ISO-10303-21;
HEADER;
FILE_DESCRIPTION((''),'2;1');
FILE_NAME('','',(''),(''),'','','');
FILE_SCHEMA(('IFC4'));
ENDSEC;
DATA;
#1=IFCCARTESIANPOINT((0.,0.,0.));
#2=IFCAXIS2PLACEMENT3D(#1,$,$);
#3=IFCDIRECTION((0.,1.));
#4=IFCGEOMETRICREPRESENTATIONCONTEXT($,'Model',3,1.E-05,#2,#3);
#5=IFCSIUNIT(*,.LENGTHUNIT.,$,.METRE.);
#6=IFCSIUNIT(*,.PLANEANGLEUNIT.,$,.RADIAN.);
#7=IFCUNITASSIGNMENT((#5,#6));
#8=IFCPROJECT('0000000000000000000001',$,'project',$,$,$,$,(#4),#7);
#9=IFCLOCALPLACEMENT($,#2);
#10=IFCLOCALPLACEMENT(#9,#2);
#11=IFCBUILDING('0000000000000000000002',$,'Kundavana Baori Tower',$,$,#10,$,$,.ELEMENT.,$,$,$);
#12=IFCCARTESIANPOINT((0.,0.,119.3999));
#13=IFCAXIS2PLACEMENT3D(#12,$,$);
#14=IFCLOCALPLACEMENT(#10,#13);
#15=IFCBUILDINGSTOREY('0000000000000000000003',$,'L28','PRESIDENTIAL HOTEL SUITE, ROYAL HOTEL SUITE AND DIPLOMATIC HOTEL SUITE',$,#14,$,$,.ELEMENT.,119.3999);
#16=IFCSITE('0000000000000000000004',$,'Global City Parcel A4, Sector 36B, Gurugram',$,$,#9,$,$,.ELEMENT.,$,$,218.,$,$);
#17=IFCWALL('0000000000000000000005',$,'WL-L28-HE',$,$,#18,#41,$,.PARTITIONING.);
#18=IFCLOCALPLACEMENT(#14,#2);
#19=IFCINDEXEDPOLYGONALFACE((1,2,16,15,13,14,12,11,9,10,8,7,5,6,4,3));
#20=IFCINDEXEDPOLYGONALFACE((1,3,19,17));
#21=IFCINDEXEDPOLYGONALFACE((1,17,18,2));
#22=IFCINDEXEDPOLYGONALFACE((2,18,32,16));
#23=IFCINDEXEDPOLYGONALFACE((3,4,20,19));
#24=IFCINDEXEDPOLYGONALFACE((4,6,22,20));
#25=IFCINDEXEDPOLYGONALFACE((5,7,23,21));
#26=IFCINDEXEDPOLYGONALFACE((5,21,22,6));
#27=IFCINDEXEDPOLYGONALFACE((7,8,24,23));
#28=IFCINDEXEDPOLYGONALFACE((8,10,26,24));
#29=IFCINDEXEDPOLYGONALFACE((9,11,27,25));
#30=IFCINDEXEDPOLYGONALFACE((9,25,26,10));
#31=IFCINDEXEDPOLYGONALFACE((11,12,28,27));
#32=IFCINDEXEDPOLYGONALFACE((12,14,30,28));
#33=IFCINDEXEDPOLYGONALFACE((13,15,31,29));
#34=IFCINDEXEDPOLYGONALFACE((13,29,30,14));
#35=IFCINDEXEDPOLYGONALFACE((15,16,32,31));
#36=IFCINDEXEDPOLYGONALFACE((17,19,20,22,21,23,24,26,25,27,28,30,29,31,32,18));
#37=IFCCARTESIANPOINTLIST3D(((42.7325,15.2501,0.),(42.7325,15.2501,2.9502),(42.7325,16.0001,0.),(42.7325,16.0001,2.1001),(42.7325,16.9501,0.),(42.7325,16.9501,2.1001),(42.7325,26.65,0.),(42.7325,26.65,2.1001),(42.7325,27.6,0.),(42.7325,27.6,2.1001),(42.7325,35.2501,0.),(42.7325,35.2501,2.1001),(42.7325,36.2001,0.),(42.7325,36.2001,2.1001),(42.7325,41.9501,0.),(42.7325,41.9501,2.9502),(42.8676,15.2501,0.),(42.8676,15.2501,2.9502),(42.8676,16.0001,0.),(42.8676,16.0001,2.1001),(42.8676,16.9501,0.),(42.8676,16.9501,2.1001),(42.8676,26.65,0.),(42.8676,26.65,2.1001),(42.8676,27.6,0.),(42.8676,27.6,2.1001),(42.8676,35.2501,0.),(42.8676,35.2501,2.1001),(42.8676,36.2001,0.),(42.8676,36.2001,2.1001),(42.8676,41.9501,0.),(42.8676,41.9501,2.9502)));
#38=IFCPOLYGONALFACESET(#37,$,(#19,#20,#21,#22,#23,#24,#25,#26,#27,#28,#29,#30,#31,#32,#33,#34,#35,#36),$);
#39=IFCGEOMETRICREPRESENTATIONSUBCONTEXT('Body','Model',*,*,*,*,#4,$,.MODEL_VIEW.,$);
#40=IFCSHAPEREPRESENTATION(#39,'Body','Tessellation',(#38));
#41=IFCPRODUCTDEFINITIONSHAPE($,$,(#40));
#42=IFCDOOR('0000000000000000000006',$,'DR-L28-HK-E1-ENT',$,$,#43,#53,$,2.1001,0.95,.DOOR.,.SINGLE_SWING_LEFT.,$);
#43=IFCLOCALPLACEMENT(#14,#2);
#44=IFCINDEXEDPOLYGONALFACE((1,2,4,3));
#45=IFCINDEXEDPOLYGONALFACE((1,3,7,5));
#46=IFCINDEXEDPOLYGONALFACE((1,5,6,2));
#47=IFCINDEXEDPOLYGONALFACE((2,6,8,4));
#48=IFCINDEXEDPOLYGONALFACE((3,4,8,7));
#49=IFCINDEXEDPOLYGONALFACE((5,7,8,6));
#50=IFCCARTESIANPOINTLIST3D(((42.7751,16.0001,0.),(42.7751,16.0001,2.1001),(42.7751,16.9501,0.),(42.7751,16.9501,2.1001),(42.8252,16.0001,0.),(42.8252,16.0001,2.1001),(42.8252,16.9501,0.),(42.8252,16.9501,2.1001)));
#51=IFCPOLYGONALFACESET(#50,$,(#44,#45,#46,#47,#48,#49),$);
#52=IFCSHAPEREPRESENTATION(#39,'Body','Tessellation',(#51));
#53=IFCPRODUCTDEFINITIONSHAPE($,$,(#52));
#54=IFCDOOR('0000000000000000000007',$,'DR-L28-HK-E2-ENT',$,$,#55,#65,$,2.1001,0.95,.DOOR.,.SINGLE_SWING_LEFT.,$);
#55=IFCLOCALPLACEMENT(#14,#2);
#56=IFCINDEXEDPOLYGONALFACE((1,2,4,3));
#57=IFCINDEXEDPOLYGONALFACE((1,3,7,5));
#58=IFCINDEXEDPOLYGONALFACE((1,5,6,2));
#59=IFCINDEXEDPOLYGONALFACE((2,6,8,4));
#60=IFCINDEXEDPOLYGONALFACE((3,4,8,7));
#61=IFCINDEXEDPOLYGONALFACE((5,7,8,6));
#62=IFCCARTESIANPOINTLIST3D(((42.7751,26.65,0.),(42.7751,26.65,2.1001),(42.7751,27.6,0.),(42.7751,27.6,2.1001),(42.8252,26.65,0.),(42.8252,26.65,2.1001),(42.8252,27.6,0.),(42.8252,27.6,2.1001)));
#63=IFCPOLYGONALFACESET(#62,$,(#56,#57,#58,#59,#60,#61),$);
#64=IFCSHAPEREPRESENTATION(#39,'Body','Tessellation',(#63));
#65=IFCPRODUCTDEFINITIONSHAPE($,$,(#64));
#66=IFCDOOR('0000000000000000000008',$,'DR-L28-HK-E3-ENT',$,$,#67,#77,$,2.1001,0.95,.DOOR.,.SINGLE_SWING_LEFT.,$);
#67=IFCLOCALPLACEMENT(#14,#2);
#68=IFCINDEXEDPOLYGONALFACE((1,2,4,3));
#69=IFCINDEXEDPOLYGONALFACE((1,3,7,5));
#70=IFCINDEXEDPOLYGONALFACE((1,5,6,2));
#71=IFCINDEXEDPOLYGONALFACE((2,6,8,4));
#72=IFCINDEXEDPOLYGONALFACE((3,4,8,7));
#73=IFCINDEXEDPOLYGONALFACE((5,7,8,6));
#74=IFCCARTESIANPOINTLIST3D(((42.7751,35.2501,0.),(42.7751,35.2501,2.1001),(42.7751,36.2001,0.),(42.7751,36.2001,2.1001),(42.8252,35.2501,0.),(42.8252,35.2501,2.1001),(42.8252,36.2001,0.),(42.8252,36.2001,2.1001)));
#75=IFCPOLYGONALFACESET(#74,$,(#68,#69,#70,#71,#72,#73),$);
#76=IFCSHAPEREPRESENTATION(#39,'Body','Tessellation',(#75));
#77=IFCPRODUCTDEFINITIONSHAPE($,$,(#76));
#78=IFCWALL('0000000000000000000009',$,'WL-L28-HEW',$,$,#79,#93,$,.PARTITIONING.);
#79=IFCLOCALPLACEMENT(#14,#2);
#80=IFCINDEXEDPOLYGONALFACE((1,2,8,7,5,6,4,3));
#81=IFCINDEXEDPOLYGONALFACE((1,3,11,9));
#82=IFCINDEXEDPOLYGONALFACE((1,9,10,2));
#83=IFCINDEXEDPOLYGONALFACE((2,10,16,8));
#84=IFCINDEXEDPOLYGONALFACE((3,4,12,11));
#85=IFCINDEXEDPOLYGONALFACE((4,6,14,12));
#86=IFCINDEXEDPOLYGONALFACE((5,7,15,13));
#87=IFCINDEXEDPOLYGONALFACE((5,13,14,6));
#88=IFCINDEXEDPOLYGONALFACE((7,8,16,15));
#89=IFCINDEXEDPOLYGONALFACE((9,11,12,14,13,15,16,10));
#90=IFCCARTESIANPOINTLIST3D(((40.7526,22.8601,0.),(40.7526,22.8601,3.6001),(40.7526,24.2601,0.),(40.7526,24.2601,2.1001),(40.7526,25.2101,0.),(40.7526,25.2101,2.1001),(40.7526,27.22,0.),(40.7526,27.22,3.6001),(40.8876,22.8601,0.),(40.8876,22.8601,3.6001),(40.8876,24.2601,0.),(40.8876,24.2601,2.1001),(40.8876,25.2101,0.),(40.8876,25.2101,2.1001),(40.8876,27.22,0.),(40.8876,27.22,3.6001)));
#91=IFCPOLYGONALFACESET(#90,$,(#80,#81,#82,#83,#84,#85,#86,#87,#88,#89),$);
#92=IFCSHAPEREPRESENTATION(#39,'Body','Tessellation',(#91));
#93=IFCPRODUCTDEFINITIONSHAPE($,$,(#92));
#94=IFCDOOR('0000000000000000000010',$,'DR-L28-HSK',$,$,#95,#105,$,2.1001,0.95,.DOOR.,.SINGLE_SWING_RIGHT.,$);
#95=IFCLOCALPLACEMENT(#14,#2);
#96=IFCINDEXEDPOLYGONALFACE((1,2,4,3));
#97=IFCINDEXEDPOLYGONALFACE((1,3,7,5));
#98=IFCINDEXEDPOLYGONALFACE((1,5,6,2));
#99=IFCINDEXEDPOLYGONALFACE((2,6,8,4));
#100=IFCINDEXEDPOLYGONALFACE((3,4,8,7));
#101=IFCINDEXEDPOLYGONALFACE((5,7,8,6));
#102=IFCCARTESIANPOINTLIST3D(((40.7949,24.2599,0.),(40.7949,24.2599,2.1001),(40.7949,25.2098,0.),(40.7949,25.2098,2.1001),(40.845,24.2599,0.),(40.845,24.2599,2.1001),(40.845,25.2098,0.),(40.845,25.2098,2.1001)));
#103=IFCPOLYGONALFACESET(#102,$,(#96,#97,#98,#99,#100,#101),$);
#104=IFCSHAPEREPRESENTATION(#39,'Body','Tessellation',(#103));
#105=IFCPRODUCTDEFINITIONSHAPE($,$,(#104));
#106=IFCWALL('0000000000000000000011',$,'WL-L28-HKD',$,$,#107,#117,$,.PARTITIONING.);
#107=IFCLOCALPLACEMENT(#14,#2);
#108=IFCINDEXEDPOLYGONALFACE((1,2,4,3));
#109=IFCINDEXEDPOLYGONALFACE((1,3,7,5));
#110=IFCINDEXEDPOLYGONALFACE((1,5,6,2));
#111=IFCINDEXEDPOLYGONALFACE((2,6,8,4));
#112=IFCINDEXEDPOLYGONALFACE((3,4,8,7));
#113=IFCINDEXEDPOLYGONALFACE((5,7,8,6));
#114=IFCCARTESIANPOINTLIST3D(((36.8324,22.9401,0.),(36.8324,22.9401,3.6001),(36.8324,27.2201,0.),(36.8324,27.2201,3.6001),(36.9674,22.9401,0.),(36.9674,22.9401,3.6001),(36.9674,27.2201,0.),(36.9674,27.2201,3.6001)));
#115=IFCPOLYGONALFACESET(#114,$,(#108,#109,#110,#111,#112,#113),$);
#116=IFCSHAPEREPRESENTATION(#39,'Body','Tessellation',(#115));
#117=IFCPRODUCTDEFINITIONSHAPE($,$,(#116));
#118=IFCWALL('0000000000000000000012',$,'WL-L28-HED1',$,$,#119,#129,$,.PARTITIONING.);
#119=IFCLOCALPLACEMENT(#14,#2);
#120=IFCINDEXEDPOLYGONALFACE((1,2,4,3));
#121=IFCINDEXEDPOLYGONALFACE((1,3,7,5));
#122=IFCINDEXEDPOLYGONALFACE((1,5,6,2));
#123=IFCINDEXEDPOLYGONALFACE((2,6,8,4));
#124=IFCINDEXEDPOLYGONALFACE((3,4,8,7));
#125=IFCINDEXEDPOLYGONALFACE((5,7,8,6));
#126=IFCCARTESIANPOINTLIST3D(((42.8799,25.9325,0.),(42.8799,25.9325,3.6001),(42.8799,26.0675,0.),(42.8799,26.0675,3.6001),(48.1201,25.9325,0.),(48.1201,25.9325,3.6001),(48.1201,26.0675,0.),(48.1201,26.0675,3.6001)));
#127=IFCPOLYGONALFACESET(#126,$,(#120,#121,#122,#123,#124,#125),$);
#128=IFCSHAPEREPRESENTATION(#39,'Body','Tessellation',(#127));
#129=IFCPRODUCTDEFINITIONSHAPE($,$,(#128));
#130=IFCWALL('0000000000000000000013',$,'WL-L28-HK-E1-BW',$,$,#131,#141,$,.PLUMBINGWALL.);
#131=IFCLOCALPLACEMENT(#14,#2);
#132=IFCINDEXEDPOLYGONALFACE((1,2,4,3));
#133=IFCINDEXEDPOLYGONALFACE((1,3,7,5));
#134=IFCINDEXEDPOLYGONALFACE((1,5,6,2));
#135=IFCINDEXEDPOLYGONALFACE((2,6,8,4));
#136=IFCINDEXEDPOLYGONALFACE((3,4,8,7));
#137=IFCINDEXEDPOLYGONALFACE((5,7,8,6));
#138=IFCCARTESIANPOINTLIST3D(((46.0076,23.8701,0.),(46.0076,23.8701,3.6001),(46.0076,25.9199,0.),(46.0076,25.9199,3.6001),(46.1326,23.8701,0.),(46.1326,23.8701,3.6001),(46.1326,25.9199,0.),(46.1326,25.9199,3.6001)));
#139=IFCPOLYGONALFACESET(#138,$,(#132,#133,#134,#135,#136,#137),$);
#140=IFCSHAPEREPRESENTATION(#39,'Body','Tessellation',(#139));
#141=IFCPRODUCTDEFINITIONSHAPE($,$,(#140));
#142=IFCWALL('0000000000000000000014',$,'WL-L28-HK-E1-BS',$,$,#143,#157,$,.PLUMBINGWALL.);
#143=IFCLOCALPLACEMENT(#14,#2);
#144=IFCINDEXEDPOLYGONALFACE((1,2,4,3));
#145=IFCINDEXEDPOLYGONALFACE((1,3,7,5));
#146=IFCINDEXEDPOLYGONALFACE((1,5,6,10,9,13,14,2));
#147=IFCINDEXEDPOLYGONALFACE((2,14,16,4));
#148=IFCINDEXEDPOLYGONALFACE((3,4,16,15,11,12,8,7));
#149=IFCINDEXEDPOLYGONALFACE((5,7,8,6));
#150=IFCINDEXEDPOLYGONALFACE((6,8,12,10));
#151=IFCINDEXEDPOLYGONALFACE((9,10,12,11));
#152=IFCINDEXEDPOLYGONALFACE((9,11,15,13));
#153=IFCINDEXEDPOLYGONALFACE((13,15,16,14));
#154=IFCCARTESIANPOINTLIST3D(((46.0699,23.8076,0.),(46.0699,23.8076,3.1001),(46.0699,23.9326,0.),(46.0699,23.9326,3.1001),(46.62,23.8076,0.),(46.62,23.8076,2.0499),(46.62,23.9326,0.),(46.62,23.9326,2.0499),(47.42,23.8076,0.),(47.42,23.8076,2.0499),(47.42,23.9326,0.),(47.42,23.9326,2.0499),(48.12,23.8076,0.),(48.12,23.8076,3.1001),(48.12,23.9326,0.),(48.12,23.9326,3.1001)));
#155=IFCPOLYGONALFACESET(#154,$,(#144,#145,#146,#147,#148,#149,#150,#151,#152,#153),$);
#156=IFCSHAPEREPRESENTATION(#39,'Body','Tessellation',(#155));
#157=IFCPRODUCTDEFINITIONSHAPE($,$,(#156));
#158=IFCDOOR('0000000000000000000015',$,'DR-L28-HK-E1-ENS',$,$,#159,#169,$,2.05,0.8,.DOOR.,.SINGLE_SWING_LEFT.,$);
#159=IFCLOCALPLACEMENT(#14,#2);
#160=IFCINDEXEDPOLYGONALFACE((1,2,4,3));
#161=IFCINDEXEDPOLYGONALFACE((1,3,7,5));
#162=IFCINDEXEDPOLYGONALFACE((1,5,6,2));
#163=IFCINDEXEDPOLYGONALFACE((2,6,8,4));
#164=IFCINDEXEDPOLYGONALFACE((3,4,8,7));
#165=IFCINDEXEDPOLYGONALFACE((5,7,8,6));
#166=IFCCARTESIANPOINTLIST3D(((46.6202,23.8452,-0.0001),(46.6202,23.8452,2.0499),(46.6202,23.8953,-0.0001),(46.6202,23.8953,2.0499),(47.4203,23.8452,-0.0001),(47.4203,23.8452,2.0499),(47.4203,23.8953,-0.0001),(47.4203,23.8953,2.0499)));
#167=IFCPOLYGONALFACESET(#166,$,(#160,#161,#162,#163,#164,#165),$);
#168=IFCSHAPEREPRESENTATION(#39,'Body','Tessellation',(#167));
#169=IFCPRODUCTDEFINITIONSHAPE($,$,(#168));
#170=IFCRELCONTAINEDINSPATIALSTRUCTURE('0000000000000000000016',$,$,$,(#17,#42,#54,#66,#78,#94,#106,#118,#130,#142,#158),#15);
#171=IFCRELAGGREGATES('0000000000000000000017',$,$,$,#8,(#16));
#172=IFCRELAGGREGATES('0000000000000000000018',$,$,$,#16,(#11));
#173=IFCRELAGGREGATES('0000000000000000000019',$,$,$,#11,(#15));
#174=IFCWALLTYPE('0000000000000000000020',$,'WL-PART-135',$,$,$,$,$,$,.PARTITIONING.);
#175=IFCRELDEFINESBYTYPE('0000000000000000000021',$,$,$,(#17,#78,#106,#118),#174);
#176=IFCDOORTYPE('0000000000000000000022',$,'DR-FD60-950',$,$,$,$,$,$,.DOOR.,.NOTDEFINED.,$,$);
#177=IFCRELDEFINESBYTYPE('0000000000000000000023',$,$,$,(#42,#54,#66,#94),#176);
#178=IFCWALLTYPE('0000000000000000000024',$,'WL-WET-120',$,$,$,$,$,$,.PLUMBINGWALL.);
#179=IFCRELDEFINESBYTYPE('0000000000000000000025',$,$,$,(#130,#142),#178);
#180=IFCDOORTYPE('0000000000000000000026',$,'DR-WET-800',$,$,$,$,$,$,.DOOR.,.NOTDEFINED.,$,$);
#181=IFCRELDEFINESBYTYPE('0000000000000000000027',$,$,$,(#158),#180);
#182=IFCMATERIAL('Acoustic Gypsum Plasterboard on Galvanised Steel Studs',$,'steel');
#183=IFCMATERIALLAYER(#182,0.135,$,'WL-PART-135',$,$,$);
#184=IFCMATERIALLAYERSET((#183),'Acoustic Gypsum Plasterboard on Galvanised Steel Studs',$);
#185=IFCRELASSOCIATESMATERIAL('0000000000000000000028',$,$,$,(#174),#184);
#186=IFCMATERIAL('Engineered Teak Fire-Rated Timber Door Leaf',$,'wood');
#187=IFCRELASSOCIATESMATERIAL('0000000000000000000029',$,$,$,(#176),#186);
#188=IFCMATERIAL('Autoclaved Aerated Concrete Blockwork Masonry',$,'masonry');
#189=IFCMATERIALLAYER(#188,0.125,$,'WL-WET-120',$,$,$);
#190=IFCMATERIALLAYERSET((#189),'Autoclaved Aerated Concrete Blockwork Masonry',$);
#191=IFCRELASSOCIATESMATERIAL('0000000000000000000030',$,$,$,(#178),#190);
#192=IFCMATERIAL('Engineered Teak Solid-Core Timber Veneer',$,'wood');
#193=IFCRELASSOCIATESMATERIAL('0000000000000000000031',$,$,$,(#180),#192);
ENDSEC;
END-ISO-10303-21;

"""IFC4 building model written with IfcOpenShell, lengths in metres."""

from ifc_helpers import new_model, si_unit, direction, frame, frame_2d, origin, place, context, subcontext, project, spatial, rectangle, extrude, material, layer, layer_set, type_object, element, fill, save


model = new_model("IFC4")

# Units and contexts
model_context = context("Model", 3, precision=1e-05, world=origin(), true_north=direction((0.0, 1.0)))
body_context = subcontext(model_context, "Body", "Model", "MODEL_VIEW")
ifc_project = project(units=[si_unit("LENGTHUNIT", "METRE"), si_unit("PLANEANGLEUNIT", "RADIAN")], contexts=[model_context])

# Site, building, storey
site_placement = place(None, origin())
site = spatial("IfcSite", under=ifc_project, at=site_placement, Name="Global City Parcel A4, Sector 36B, Gurugram", CompositionType="ELEMENT", RefElevation=218.0)
building_placement = place(site_placement, origin())
building = spatial("IfcBuilding", under=site, at=building_placement, Name="Kundavana Baori Tower", CompositionType="ELEMENT")
storey_placement = place(building_placement, frame((0.0, 0.0, 119.3999)))
storey = spatial("IfcBuildingStorey", under=building, at=storey_placement, Name="L28", Description="PRESIDENTIAL HOTEL SUITE, ROYAL HOTEL SUITE AND DIPLOMATIC HOTEL SUITE", CompositionType="ELEMENT", Elevation=119.3999)

# Wall, openings, doors
ifc_material_1 = material(Name="Acoustic Gypsum Plasterboard on Galvanised Steel Studs", Category="steel")
ifc_layer_1 = layer(ifc_material_1, 0.135, Name="WL-PART-135")
ifc_layer_set_1 = layer_set([ifc_layer_1], Name="Acoustic Gypsum Plasterboard on Galvanised Steel Studs")
wall_type_1 = type_object("IfcWallType", Name="WL-PART-135", PredefinedType="PARTITIONING", material=ifc_layer_set_1)
wall_1_placement = place(storey_placement, frame((42.8, 15.25, 0.0), z_axis=(0.0, 0.0, 1.0), x_axis=(0.0, 1.0, 0.0)))
wall_1 = element("IfcWall", 1, at=wall_1_placement, inside=storey, type_object=wall_type_1, Name="WL-L28-HE", PredefinedType="PARTITIONING", context=body_context, shape_type="SweptSolid", body=[
    extrude(rectangle(XDim=26.7, YDim=0.135, at=frame_2d((13.3501, 0.0))), origin(), (0.0, 0.0, 1.0), 2.9502),
])
opening_1_placement = place(wall_1_placement, frame((0.75, 0.0, 0.0)))
opening_1 = element("IfcOpeningElement", 2, at=opening_1_placement, cuts=wall_1, PredefinedType="OPENING", context=body_context, shape_type="SweptSolid", body=[
    extrude(rectangle(XDim=0.95, YDim=2.1001, at=frame_2d((0.4751, 1.05))), frame((0.0, 0.0776, 0.0), z_axis=(0.0, -1.0, 0.0), x_axis=(1.0, 0.0, 0.0)), (0.0, 0.0, 1.0), 0.155),
])
opening_2_placement = place(wall_1_placement, frame((11.3999, 0.0, 0.0)))
opening_2 = element("IfcOpeningElement", 3, at=opening_2_placement, cuts=wall_1, PredefinedType="OPENING", context=body_context, shape_type="SweptSolid", body=[
    extrude(rectangle(XDim=0.95, YDim=2.1001, at=frame_2d((0.4751, 1.05))), frame((0.0, 0.0776, 0.0), z_axis=(0.0, -1.0, 0.0), x_axis=(1.0, 0.0, 0.0)), (0.0, 0.0, 1.0), 0.155),
])
opening_3_placement = place(wall_1_placement, frame((20.0, 0.0, 0.0)))
opening_3 = element("IfcOpeningElement", 4, at=opening_3_placement, cuts=wall_1, PredefinedType="OPENING", context=body_context, shape_type="SweptSolid", body=[
    extrude(rectangle(XDim=0.95, YDim=2.1001, at=frame_2d((0.4751, 1.05))), frame((0.0, 0.0776, 0.0), z_axis=(0.0, -1.0, 0.0), x_axis=(1.0, 0.0, 0.0)), (0.0, 0.0, 1.0), 0.155),
])
ifc_material_2 = material(Name="Engineered Teak Fire-Rated Timber Door Leaf", Category="wood")
door_type_1 = type_object("IfcDoorType", Name="DR-FD60-950", OperationType="NOTDEFINED", PredefinedType="DOOR", material=ifc_material_2)
door_1_placement = place(opening_1_placement, origin())
door_1 = element("IfcDoor", 5, at=door_1_placement, inside=storey, type_object=door_type_1, Name="DR-L28-HK-E1-ENT", OperationType="SINGLE_SWING_LEFT", OverallHeight=2.1001, OverallWidth=0.95, PredefinedType="DOOR", context=body_context, shape_type="SweptSolid", body=[
    extrude(rectangle(XDim=0.95, YDim=2.1001, at=frame_2d((0.4751, 1.05))), frame((0.0, 0.0249, 0.0), z_axis=(0.0, -1.0, 0.0), x_axis=(1.0, 0.0, 0.0)), (0.0, 0.0, 1.0), 0.05),
])
fill(opening_1, door_1)
door_2_placement = place(opening_2_placement, origin())
door_2 = element("IfcDoor", 6, at=door_2_placement, inside=storey, type_object=door_type_1, Name="DR-L28-HK-E2-ENT", OperationType="SINGLE_SWING_LEFT", OverallHeight=2.1001, OverallWidth=0.95, PredefinedType="DOOR", context=body_context, shape_type="SweptSolid", body=[
    extrude(rectangle(XDim=0.95, YDim=2.1001, at=frame_2d((0.4751, 1.05))), frame((0.0, 0.0249, 0.0), z_axis=(0.0, -1.0, 0.0), x_axis=(1.0, 0.0, 0.0)), (0.0, 0.0, 1.0), 0.05),
])
fill(opening_2, door_2)
door_3_placement = place(opening_3_placement, origin())
door_3 = element("IfcDoor", 7, at=door_3_placement, inside=storey, type_object=door_type_1, Name="DR-L28-HK-E3-ENT", OperationType="SINGLE_SWING_LEFT", OverallHeight=2.1001, OverallWidth=0.95, PredefinedType="DOOR", context=body_context, shape_type="SweptSolid", body=[
    extrude(rectangle(XDim=0.95, YDim=2.1001, at=frame_2d((0.4751, 1.05))), frame((0.0, 0.0249, 0.0), z_axis=(0.0, -1.0, 0.0), x_axis=(1.0, 0.0, 0.0)), (0.0, 0.0, 1.0), 0.05),
])
fill(opening_3, door_3)

# Wall, opening, door
wall_2_placement = place(storey_placement, frame((40.8201, 22.8601, 0.0), z_axis=(0.0, 0.0, 1.0), x_axis=(0.0, 1.0, 0.0)))
wall_2 = element("IfcWall", 8, at=wall_2_placement, inside=storey, type_object=wall_type_1, Name="WL-L28-HEW", PredefinedType="PARTITIONING", context=body_context, shape_type="SweptSolid", body=[
    extrude(rectangle(XDim=4.3599, YDim=0.135, at=frame_2d((2.1799, 0.0))), origin(), (0.0, 0.0, 1.0), 3.6001),
])
opening_4_placement = place(wall_2_placement, frame((1.3999, 0.0, 0.0)))
opening_4 = element("IfcOpeningElement", 9, at=opening_4_placement, cuts=wall_2, PredefinedType="OPENING", context=body_context, shape_type="SweptSolid", body=[
    extrude(rectangle(XDim=0.95, YDim=2.1001, at=frame_2d((0.4751, 1.05))), frame((0.0, 0.0776, 0.0), z_axis=(0.0, -1.0, 0.0), x_axis=(1.0, 0.0, 0.0)), (0.0, 0.0, 1.0), 0.155),
])
door_4_placement = place(opening_4_placement, frame((0.95, 0.0, 0.0), z_axis=(0.0, 0.0, 1.0), x_axis=(-1.0, 0.0, 0.0)))
door_4 = element("IfcDoor", 10, at=door_4_placement, inside=storey, type_object=door_type_1, Name="DR-L28-HSK", OperationType="SINGLE_SWING_RIGHT", OverallHeight=2.1001, OverallWidth=0.95, PredefinedType="DOOR", context=body_context, shape_type="SweptSolid", body=[
    extrude(rectangle(XDim=0.95, YDim=2.1001, at=frame_2d((0.4751, 1.05))), frame((0.0, 0.0249, 0.0), z_axis=(0.0, -1.0, 0.0), x_axis=(1.0, 0.0, 0.0)), (0.0, 0.0, 1.0), 0.05),
])
fill(opening_4, door_4)

# Walls
wall_3_placement = place(storey_placement, frame((36.8999, 22.9399, 0.0), z_axis=(0.0, 0.0, 1.0), x_axis=(0.0, 1.0, 0.0)))
element("IfcWall", 11, at=wall_3_placement, inside=storey, type_object=wall_type_1, Name="WL-L28-HKD", PredefinedType="PARTITIONING", context=body_context, shape_type="SweptSolid", body=[
    extrude(rectangle(XDim=4.28, YDim=0.135, at=frame_2d((2.1401, 0.0))), origin(), (0.0, 0.0, 1.0), 3.6001),
])
wall_4_placement = place(storey_placement, frame((42.8799, 26.0, 0.0), z_axis=(0.0, 0.0, 1.0), x_axis=(1.0, 0.0, 0.0)))
element("IfcWall", 12, at=wall_4_placement, inside=storey, type_object=wall_type_1, Name="WL-L28-HED1", PredefinedType="PARTITIONING", context=body_context, shape_type="SweptSolid", body=[
    extrude(rectangle(XDim=5.2402, YDim=0.135, at=frame_2d((2.6201, 0.0))), origin(), (0.0, 0.0, 1.0), 3.6001),
])
ifc_material_3 = material(Name="Autoclaved Aerated Concrete Blockwork Masonry", Category="masonry")
ifc_layer_2 = layer(ifc_material_3, 0.125, Name="WL-WET-120")
ifc_layer_set_2 = layer_set([ifc_layer_2], Name="Autoclaved Aerated Concrete Blockwork Masonry")
wall_type_2 = type_object("IfcWallType", Name="WL-WET-120", PredefinedType="PLUMBINGWALL", material=ifc_layer_set_2)
wall_5_placement = place(storey_placement, frame((46.0701, 23.8701, 0.0), z_axis=(0.0, 0.0, 1.0), x_axis=(0.0, 1.0, 0.0)))
element("IfcWall", 13, at=wall_5_placement, inside=storey, type_object=wall_type_2, Name="WL-L28-HK-E1-BW", PredefinedType="PLUMBINGWALL", context=body_context, shape_type="SweptSolid", body=[
    extrude(rectangle(XDim=2.0498, YDim=0.125, at=frame_2d((1.0249, 0.0))), origin(), (0.0, 0.0, 1.0), 3.6001),
])

# Wall, opening, door
wall_6_placement = place(storey_placement, frame((46.0701, 23.8701, 0.0), z_axis=(0.0, 0.0, 1.0), x_axis=(1.0, 0.0, 0.0)))
wall_6 = element("IfcWall", 14, at=wall_6_placement, inside=storey, type_object=wall_type_2, Name="WL-L28-HK-E1-BS", PredefinedType="PLUMBINGWALL", context=body_context, shape_type="SweptSolid", body=[
    extrude(rectangle(XDim=2.05, YDim=0.125, at=frame_2d((1.0249, 0.0))), origin(), (0.0, 0.0, 1.0), 3.1001),
])
opening_5_placement = place(wall_6_placement, frame((0.55, 0.0, 0.0)))
opening_5 = element("IfcOpeningElement", 15, at=opening_5_placement, cuts=wall_6, PredefinedType="OPENING", context=body_context, shape_type="SweptSolid", body=[
    extrude(rectangle(XDim=0.8, YDim=2.05, at=frame_2d((0.3999, 1.0249))), frame((0.0, 0.0725, 0.0), z_axis=(0.0, -1.0, 0.0), x_axis=(1.0, 0.0, 0.0)), (0.0, 0.0, 1.0), 0.145),
])
ifc_material_4 = material(Name="Engineered Teak Solid-Core Timber Veneer", Category="wood")
door_type_2 = type_object("IfcDoorType", Name="DR-WET-800", OperationType="NOTDEFINED", PredefinedType="DOOR", material=ifc_material_4)
door_5_placement = place(opening_5_placement, frame((0.8, 0.0, 0.0), z_axis=(0.0, 0.0, 1.0), x_axis=(-1.0, 0.0, 0.0)))
door_5 = element("IfcDoor", 16, at=door_5_placement, inside=storey, type_object=door_type_2, Name="DR-L28-HK-E1-ENS", OperationType="SINGLE_SWING_LEFT", OverallHeight=2.05, OverallWidth=0.8, PredefinedType="DOOR", context=body_context, shape_type="SweptSolid", body=[
    extrude(rectangle(XDim=0.8, YDim=2.05, at=frame_2d((0.3999, 1.0249))), frame((0.0, 0.0249, 0.0), z_axis=(0.0, -1.0, 0.0), x_axis=(1.0, 0.0, 0.0)), (0.0, 0.0, 1.0), 0.05),
])
fill(opening_5, door_5)

save(model, "model.ifc")
